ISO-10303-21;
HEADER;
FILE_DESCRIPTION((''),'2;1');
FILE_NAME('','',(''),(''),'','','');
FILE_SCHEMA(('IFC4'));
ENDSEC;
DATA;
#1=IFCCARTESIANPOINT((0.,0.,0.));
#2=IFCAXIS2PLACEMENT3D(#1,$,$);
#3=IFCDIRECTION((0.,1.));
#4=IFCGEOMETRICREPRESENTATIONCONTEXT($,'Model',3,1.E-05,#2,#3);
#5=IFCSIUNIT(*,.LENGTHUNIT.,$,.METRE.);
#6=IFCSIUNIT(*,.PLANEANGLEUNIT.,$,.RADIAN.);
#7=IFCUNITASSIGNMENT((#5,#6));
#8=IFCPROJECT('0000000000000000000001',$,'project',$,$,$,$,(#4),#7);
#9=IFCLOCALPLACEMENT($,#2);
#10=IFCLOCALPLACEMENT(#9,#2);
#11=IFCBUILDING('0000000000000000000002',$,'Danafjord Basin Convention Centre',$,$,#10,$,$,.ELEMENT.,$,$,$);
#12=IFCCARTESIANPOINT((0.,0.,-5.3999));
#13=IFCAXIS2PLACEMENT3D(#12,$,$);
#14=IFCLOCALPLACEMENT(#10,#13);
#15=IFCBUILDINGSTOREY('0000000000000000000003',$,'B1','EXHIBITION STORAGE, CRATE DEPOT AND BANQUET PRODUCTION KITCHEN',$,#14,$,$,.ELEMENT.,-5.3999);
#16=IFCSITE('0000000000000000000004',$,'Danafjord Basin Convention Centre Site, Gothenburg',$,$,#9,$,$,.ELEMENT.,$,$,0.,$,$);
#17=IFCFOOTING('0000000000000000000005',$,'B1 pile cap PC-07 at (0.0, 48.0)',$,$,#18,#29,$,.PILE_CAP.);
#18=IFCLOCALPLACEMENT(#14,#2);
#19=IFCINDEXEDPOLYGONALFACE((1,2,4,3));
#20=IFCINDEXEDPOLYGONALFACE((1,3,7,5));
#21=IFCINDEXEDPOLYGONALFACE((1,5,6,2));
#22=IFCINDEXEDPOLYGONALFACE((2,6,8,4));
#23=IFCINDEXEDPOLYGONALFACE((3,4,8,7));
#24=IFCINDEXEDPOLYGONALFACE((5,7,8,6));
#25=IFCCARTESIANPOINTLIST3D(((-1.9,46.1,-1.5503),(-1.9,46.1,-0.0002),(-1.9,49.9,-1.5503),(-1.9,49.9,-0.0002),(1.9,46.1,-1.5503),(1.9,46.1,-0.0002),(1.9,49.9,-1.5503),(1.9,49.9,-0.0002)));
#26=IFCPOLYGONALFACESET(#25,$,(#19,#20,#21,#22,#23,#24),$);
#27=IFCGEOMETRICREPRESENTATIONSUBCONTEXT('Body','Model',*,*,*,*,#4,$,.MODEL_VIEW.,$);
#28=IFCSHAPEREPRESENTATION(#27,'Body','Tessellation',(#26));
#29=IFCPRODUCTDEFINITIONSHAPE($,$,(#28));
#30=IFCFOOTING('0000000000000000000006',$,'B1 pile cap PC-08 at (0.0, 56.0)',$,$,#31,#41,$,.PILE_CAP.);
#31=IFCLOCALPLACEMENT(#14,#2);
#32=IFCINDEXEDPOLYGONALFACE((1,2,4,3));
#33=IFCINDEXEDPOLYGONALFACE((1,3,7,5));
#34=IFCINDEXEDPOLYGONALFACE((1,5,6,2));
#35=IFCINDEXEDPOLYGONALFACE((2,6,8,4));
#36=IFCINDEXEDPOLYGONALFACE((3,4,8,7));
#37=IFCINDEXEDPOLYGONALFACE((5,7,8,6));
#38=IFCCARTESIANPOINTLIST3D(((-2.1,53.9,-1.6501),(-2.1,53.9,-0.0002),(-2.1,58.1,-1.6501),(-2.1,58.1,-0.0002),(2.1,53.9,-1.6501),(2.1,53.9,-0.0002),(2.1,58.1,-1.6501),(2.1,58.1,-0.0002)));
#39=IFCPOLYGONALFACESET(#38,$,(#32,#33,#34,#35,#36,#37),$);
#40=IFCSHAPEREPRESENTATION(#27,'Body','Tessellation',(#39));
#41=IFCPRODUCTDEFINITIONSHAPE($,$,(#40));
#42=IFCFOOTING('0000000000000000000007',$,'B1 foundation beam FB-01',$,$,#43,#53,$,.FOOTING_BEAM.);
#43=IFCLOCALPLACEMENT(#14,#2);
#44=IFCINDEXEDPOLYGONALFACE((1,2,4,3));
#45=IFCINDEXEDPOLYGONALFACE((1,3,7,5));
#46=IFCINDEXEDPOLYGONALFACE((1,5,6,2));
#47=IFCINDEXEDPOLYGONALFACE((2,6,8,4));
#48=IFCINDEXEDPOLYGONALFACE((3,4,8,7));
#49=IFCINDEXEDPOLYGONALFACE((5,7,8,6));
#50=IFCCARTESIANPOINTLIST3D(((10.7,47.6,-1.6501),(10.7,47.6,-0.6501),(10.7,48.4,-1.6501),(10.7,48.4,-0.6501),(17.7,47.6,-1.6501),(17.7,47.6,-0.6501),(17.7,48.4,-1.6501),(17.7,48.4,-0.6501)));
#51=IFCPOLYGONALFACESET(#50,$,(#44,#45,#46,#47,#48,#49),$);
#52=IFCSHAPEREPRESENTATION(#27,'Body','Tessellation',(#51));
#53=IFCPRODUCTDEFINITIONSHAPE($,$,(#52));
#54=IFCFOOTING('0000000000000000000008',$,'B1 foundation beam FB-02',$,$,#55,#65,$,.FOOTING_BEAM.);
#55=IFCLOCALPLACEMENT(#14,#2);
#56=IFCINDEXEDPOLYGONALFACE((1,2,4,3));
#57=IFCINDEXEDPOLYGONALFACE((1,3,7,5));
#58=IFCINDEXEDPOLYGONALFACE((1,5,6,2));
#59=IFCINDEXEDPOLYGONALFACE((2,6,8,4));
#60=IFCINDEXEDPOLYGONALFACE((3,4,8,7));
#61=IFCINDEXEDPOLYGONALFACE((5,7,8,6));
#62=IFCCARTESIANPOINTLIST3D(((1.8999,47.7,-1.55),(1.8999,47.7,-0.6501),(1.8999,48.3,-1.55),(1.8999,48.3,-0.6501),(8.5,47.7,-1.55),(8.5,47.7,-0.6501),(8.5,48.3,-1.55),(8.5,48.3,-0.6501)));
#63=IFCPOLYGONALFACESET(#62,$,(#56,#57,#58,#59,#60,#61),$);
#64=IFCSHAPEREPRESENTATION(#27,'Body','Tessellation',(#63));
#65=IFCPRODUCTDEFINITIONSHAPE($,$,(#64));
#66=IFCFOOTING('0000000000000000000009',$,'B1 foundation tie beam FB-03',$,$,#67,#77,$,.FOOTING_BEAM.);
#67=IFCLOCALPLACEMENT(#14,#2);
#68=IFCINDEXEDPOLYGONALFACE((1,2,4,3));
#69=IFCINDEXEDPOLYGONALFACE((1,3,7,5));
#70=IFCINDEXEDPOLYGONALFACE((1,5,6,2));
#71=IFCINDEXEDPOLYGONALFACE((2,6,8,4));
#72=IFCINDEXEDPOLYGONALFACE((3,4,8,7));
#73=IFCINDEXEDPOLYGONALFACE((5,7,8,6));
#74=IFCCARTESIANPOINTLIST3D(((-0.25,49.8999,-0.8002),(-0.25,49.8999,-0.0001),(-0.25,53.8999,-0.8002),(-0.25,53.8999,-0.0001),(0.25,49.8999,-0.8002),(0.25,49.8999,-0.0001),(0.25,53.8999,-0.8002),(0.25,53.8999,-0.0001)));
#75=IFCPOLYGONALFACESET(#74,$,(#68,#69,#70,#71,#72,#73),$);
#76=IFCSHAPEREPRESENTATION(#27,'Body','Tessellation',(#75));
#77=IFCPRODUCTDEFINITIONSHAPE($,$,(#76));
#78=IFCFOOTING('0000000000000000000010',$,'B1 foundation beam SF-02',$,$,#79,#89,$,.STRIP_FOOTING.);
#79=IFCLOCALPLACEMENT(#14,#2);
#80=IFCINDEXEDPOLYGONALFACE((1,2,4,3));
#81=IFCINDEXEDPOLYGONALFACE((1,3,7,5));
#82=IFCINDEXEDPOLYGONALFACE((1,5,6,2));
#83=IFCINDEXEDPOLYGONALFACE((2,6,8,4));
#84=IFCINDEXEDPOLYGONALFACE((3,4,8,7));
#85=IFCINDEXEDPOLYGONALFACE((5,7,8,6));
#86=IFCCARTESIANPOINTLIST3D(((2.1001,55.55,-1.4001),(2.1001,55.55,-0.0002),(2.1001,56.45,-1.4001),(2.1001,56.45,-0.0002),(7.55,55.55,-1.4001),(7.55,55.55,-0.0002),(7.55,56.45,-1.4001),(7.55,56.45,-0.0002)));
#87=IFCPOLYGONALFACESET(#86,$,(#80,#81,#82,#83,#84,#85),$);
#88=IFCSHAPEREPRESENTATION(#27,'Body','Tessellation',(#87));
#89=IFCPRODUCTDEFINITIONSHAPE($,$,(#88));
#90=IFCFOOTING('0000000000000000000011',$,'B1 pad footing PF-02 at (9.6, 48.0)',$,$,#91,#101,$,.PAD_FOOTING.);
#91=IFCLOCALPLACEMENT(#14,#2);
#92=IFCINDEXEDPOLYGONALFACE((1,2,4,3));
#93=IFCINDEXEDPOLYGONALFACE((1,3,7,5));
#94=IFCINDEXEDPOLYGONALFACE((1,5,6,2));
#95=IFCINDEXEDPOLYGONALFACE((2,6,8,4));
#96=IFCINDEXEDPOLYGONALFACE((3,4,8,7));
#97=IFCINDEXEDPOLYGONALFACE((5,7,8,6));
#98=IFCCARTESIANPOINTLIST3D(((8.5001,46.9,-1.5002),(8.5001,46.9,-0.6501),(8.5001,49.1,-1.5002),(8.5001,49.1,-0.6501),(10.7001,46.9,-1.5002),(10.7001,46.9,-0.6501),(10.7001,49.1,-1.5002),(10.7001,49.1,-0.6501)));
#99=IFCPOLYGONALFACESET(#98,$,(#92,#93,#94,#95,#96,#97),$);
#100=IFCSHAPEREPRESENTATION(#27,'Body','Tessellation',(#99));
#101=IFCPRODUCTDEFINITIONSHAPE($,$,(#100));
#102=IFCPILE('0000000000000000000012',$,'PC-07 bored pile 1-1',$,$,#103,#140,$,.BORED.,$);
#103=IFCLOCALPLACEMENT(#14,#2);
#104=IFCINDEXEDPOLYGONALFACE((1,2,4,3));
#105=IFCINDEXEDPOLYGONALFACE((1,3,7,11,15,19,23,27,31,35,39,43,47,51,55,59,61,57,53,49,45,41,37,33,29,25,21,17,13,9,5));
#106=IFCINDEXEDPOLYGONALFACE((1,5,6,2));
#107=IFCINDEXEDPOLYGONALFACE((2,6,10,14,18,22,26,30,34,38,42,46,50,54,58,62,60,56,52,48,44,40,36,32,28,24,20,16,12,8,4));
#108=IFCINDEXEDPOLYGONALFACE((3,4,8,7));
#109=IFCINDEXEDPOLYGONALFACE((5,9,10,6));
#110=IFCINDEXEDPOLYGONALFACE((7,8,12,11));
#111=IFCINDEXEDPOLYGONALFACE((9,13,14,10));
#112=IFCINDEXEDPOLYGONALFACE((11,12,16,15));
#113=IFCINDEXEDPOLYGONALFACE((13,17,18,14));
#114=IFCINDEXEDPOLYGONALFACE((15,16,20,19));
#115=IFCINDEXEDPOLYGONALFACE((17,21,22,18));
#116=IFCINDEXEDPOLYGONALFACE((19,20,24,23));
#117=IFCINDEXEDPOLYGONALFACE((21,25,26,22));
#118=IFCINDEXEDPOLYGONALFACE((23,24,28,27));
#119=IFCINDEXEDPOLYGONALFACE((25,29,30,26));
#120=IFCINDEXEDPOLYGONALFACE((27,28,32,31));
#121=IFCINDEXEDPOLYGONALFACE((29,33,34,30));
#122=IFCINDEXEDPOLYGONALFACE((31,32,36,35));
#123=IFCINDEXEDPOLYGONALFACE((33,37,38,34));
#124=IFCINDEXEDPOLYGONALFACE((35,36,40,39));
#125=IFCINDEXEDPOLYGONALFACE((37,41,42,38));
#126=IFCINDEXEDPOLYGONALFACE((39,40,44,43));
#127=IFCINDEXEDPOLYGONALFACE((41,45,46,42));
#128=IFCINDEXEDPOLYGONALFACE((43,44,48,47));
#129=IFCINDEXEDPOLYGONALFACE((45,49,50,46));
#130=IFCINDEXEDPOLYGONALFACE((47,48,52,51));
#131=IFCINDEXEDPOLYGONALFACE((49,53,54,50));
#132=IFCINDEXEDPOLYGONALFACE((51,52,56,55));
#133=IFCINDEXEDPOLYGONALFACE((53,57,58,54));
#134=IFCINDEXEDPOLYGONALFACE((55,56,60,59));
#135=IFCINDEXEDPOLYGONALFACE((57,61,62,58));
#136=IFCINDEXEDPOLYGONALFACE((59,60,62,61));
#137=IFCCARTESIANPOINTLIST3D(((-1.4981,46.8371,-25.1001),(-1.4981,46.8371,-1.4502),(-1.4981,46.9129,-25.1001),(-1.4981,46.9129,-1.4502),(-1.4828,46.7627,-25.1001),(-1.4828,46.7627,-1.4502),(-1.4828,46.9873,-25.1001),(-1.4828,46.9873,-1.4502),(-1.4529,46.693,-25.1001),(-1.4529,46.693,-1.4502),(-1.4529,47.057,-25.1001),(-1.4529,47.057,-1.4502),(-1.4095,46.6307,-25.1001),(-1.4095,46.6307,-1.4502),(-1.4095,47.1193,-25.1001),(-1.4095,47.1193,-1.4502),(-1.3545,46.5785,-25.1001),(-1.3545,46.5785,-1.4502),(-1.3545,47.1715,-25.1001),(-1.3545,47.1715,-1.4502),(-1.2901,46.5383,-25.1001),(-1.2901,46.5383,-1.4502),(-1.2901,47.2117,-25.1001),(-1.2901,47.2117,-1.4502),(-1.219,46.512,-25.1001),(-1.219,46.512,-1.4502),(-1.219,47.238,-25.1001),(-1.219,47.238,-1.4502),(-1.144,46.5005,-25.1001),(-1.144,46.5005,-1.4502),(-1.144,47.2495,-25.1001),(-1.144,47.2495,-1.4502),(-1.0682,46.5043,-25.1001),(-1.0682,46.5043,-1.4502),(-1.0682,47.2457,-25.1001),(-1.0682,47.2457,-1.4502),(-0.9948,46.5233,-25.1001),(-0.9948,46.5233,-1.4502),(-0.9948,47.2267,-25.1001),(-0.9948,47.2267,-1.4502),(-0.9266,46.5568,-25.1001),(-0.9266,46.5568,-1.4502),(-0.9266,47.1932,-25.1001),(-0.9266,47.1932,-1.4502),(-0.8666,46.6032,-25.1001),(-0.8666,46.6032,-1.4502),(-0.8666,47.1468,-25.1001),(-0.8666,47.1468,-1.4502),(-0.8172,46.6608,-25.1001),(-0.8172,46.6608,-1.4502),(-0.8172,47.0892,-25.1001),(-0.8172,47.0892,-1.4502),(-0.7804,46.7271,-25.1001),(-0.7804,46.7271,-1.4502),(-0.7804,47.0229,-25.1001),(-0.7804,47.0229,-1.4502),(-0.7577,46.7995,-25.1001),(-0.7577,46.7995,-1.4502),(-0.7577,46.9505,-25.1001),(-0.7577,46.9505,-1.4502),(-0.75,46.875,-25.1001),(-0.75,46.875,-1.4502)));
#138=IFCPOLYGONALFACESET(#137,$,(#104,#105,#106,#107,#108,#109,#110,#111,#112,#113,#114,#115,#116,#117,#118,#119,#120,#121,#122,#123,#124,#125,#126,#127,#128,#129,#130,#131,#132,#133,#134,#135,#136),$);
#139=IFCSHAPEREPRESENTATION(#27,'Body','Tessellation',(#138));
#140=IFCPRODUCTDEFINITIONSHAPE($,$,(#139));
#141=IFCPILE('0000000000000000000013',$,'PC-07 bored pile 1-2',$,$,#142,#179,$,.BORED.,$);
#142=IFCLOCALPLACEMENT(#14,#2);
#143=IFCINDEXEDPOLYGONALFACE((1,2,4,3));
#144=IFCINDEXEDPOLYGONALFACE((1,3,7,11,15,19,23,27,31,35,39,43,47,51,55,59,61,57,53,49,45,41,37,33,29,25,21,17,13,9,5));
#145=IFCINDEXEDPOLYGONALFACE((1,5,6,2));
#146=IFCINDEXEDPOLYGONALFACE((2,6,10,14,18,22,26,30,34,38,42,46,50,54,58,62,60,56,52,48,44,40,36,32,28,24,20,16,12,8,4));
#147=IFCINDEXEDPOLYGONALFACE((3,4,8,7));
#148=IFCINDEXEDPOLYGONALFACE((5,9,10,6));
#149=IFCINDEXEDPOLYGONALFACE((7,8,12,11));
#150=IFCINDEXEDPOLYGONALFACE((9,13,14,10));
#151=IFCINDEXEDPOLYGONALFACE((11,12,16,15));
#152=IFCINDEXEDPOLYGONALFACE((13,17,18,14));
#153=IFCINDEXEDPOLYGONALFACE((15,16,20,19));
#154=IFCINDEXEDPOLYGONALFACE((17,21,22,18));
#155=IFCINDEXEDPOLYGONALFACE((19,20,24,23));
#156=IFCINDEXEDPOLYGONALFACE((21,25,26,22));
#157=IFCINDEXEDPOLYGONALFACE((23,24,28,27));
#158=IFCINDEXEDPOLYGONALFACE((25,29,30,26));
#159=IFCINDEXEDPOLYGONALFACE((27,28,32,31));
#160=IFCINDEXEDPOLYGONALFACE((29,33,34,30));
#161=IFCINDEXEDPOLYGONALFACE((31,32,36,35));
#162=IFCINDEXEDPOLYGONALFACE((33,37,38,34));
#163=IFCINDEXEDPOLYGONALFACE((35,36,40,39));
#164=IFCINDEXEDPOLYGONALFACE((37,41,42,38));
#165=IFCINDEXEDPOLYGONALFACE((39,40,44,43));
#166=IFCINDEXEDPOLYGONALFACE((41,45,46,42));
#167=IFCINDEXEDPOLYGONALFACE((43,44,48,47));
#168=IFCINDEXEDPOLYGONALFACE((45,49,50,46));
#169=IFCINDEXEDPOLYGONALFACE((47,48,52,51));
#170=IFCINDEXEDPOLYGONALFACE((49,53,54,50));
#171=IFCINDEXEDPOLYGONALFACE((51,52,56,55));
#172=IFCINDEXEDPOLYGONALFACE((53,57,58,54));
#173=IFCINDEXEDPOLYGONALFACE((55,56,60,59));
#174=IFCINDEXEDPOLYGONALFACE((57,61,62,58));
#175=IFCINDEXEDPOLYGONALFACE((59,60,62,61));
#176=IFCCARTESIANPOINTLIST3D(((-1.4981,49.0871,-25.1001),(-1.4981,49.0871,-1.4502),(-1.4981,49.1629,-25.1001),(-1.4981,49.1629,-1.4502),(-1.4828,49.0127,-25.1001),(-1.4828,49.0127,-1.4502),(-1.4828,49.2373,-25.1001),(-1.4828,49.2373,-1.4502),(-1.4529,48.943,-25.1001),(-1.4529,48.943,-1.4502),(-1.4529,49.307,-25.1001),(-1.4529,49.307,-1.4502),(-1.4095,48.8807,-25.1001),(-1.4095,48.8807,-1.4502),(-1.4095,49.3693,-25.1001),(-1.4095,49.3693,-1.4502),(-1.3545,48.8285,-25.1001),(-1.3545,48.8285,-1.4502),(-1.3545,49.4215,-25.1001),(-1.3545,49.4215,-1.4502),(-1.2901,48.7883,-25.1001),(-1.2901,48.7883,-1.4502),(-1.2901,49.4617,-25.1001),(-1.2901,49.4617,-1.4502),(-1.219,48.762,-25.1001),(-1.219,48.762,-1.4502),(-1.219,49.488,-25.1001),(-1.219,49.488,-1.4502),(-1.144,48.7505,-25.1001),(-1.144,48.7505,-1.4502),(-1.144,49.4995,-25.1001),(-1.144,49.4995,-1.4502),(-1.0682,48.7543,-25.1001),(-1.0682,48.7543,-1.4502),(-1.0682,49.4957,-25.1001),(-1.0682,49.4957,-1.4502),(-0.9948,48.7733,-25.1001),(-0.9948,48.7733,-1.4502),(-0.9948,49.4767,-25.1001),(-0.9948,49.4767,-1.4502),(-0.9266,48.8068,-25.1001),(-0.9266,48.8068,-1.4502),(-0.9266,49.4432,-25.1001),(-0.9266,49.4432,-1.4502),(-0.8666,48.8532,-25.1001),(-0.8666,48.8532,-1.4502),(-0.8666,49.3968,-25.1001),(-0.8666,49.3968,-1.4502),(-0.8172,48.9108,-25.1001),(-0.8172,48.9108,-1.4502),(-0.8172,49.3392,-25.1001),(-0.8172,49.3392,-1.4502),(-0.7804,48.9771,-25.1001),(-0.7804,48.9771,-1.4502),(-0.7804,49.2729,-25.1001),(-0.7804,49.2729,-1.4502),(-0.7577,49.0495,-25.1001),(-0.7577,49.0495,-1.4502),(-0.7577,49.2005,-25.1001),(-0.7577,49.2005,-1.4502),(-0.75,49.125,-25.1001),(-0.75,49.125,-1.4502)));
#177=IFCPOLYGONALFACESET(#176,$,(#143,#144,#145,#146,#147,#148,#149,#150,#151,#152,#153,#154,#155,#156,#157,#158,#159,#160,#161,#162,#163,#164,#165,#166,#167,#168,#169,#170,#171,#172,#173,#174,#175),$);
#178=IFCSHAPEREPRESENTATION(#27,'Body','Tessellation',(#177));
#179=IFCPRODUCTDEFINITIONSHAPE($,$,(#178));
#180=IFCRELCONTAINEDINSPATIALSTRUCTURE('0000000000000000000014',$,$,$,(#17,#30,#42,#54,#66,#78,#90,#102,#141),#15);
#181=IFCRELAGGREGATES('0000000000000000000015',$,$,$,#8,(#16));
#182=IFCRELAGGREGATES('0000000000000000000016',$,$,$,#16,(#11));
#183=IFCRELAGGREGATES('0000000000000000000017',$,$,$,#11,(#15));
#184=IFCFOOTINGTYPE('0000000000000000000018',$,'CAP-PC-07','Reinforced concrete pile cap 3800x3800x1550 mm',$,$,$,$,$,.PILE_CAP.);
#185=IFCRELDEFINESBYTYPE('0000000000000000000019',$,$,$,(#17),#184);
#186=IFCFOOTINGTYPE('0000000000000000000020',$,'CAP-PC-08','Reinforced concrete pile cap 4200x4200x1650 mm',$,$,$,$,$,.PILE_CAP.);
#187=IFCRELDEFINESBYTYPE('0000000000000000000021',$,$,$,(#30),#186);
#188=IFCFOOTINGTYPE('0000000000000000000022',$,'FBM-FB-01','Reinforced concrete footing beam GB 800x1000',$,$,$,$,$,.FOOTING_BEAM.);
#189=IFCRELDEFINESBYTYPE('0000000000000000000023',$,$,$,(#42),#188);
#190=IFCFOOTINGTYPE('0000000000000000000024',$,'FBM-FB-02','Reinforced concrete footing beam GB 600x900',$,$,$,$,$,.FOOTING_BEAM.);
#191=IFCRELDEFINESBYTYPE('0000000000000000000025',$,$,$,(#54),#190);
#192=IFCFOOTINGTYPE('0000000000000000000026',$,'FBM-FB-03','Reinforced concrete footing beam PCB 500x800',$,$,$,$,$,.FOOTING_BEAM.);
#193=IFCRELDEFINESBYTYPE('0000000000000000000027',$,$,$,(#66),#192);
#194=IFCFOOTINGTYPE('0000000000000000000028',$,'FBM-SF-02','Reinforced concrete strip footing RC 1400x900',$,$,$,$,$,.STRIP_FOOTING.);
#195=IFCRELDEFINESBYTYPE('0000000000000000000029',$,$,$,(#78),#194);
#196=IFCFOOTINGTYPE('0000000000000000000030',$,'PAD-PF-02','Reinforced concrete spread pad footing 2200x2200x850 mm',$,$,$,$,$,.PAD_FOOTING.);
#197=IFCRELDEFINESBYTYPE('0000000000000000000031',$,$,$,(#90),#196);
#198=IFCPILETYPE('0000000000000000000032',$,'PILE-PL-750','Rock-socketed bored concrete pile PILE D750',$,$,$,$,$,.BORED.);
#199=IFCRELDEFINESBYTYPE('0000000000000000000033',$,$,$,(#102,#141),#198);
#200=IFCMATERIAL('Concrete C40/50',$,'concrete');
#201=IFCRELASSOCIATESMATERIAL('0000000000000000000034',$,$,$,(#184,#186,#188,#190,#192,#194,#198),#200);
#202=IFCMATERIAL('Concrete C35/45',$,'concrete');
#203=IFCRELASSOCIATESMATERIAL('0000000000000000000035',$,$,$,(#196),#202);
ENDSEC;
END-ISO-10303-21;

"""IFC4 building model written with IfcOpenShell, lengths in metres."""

from ifc_helpers import new_model, si_unit, direction, frame, origin, origin_2d, place, context, subcontext, project, spatial, rectangle, circle, extrude, material, material_profile, profile_set, type_object, element, save


model = new_model("IFC4")

# Units and contexts
model_context = context("Model", 3, precision=1e-05, world=origin(), true_north=direction((0.0, 1.0)))
body_context = subcontext(model_context, "Body", "Model", "MODEL_VIEW")
ifc_project = project(units=[si_unit("LENGTHUNIT", "METRE"), si_unit("PLANEANGLEUNIT", "RADIAN")], contexts=[model_context])

# Site, building, storey
site_placement = place(None, origin())
site = spatial("IfcSite", under=ifc_project, at=site_placement, Name="Danafjord Basin Convention Centre Site, Gothenburg", CompositionType="ELEMENT", RefElevation=0.0)
building_placement = place(site_placement, origin())
building = spatial("IfcBuilding", under=site, at=building_placement, Name="Danafjord Basin Convention Centre", CompositionType="ELEMENT")
storey_placement = place(building_placement, frame((0.0, 0.0, -5.3999)))
storey = spatial("IfcBuildingStorey", under=building, at=storey_placement, Name="B1", Description="EXHIBITION STORAGE, CRATE DEPOT AND BANQUET PRODUCTION KITCHEN", CompositionType="ELEMENT", Elevation=-5.3999)

# Footings
ifc_material_1 = material(Name="Concrete C40/50", Category="concrete")
footing_type_1 = type_object("IfcFootingType", Name="CAP-PC-07", Description="Reinforced concrete pile cap 3800x3800x1550 mm", PredefinedType="PILE_CAP", material=ifc_material_1)
footing_1_placement = place(storey_placement, frame((0.0, 48.0, -1.5503), z_axis=(0.0, 0.0, 1.0), x_axis=(1.0, 0.0, 0.0)))
element("IfcFooting", 1, at=footing_1_placement, inside=storey, type_object=footing_type_1, Name="B1 pile cap PC-07 at (0.0, 48.0)", PredefinedType="PILE_CAP", context=body_context, shape_type="SweptSolid", body=[
    extrude(rectangle(XDim=3.8, YDim=3.8, at=origin_2d()), origin(), (0.0, 0.0, 1.0), 1.55),
])
footing_type_2 = type_object("IfcFootingType", Name="CAP-PC-08", Description="Reinforced concrete pile cap 4200x4200x1650 mm", PredefinedType="PILE_CAP", material=ifc_material_1)
footing_2_placement = place(storey_placement, frame((0.0, 56.0, -1.6501), z_axis=(0.0, 0.0, 1.0), x_axis=(1.0, 0.0, 0.0)))
element("IfcFooting", 2, at=footing_2_placement, inside=storey, type_object=footing_type_2, Name="B1 pile cap PC-08 at (0.0, 56.0)", PredefinedType="PILE_CAP", context=body_context, shape_type="SweptSolid", body=[
    extrude(rectangle(XDim=4.2, YDim=4.2, at=origin_2d()), origin(), (0.0, 0.0, 1.0), 1.6499),
])
ifc_material_profile_1 = material_profile(ifc_material_1, rectangle(XDim=0.8, YDim=1.0, at=origin_2d()), Name="GB 800x1000")
ifc_profile_set_1 = profile_set([ifc_material_profile_1], Name="Concrete C40/50")
footing_type_3 = type_object("IfcFootingType", Name="FBM-FB-01", Description="Reinforced concrete footing beam GB 800x1000", PredefinedType="FOOTING_BEAM", material=ifc_profile_set_1)
footing_3_placement = place(storey_placement, frame((10.7, 48.0, -1.1501), z_axis=(1.0, 0.0, 0.0), x_axis=(0.0, 1.0, 0.0)))
element("IfcFooting", 3, at=footing_3_placement, inside=storey, type_object=footing_type_3, Name="B1 foundation beam FB-01", PredefinedType="FOOTING_BEAM", context=body_context, shape_type="SweptSolid", body=[
    extrude(rectangle(XDim=0.8, YDim=1.0, at=origin_2d()), origin(), (0.0, 0.0, 1.0), 7.0),
])
ifc_material_profile_2 = material_profile(ifc_material_1, rectangle(XDim=0.6001, YDim=0.8999, at=origin_2d()), Name="GB 600x900")
ifc_profile_set_2 = profile_set([ifc_material_profile_2], Name="Concrete C40/50")
footing_type_4 = type_object("IfcFootingType", Name="FBM-FB-02", Description="Reinforced concrete footing beam GB 600x900", PredefinedType="FOOTING_BEAM", material=ifc_profile_set_2)
footing_4_placement = place(storey_placement, frame((1.8999, 48.0, -1.1001), z_axis=(1.0, 0.0, 0.0), x_axis=(0.0, 1.0, 0.0)))
element("IfcFooting", 4, at=footing_4_placement, inside=storey, type_object=footing_type_4, Name="B1 foundation beam FB-02", PredefinedType="FOOTING_BEAM", context=body_context, shape_type="SweptSolid", body=[
    extrude(rectangle(XDim=0.6001, YDim=0.8999, at=origin_2d()), origin(), (0.0, 0.0, 1.0), 6.6001),
])
ifc_material_profile_3 = material_profile(ifc_material_1, rectangle(XDim=0.5, YDim=0.8, at=origin_2d()), Name="PCB 500x800")
ifc_profile_set_3 = profile_set([ifc_material_profile_3], Name="Concrete C40/50")
footing_type_5 = type_object("IfcFootingType", Name="FBM-FB-03", Description="Reinforced concrete footing beam PCB 500x800", PredefinedType="FOOTING_BEAM", material=ifc_profile_set_3)
footing_5_placement = place(storey_placement, frame((0.0, 49.8999, -0.4001), z_axis=(0.0, 1.0, 0.0), x_axis=(-1.0, 0.0, 0.0)))
element("IfcFooting", 5, at=footing_5_placement, inside=storey, type_object=footing_type_5, Name="B1 foundation tie beam FB-03", PredefinedType="FOOTING_BEAM", context=body_context, shape_type="SweptSolid", body=[
    extrude(rectangle(XDim=0.5, YDim=0.8, at=origin_2d()), origin(), (0.0, 0.0, 1.0), 4.0),
])
ifc_material_profile_4 = material_profile(ifc_material_1, rectangle(XDim=0.8999, YDim=1.3999, at=origin_2d()), Name="RC 1400x900")
ifc_profile_set_4 = profile_set([ifc_material_profile_4], Name="Concrete C40/50")
footing_type_6 = type_object("IfcFootingType", Name="FBM-SF-02", Description="Reinforced concrete strip footing RC 1400x900", PredefinedType="STRIP_FOOTING", material=ifc_profile_set_4)
footing_6_placement = place(storey_placement, frame((2.1001, 56.0, -0.7002), z_axis=(1.0, 0.0, 0.0), x_axis=(0.0, 1.0, 0.0)))
element("IfcFooting", 6, at=footing_6_placement, inside=storey, type_object=footing_type_6, Name="B1 foundation beam SF-02", PredefinedType="STRIP_FOOTING", context=body_context, shape_type="SweptSolid", body=[
    extrude(rectangle(XDim=0.8999, YDim=1.3999, at=origin_2d()), origin(), (0.0, 0.0, 1.0), 5.45),
])
ifc_material_2 = material(Name="Concrete C35/45", Category="concrete")
footing_type_7 = type_object("IfcFootingType", Name="PAD-PF-02", Description="Reinforced concrete spread pad footing 2200x2200x850 mm", PredefinedType="PAD_FOOTING", material=ifc_material_2)
footing_7_placement = place(storey_placement, frame((9.6001, 48.0, -1.5002), z_axis=(0.0, 0.0, 1.0), x_axis=(1.0, 0.0, 0.0)))
element("IfcFooting", 7, at=footing_7_placement, inside=storey, type_object=footing_type_7, Name="B1 pad footing PF-02 at (9.6, 48.0)", PredefinedType="PAD_FOOTING", context=body_context, shape_type="SweptSolid", body=[
    extrude(rectangle(XDim=2.2, YDim=2.2, at=origin_2d()), origin(), (0.0, 0.0, 1.0), 0.8501),
])

# Piles
ifc_material_profile_5 = material_profile(ifc_material_1, circle(Radius=0.375, at=origin_2d()), Name="PILE D750")
ifc_profile_set_5 = profile_set([ifc_material_profile_5], Name="Concrete C40/50")
pile_type_1 = type_object("IfcPileType", Name="PILE-PL-750", Description="Rock-socketed bored concrete pile PILE D750", PredefinedType="BORED", material=ifc_profile_set_5)
for number, where, z_axis, x_axis, name in (
    (8, (-1.125, 46.875, -1.4502), (0.0, 0.0, -1.0), (1.0, 0.0, 0.0), "PC-07 bored pile 1-1"),
    (9, (-1.125, 49.125, -1.4502), (0.0, 0.0, -1.0), (1.0, 0.0, 0.0), "PC-07 bored pile 1-2"),
):
    element("IfcPile", number, at=place(storey_placement, frame(where, z_axis=z_axis, x_axis=x_axis)), inside=storey, type_object=pile_type_1, Name=name, PredefinedType="BORED", context=body_context, shape_type="SweptSolid", body=[
        extrude(circle(Radius=0.375, at=origin_2d()), origin(), (0.0, 0.0, 1.0), 23.6499),
    ])

save(model, "model.ifc")
